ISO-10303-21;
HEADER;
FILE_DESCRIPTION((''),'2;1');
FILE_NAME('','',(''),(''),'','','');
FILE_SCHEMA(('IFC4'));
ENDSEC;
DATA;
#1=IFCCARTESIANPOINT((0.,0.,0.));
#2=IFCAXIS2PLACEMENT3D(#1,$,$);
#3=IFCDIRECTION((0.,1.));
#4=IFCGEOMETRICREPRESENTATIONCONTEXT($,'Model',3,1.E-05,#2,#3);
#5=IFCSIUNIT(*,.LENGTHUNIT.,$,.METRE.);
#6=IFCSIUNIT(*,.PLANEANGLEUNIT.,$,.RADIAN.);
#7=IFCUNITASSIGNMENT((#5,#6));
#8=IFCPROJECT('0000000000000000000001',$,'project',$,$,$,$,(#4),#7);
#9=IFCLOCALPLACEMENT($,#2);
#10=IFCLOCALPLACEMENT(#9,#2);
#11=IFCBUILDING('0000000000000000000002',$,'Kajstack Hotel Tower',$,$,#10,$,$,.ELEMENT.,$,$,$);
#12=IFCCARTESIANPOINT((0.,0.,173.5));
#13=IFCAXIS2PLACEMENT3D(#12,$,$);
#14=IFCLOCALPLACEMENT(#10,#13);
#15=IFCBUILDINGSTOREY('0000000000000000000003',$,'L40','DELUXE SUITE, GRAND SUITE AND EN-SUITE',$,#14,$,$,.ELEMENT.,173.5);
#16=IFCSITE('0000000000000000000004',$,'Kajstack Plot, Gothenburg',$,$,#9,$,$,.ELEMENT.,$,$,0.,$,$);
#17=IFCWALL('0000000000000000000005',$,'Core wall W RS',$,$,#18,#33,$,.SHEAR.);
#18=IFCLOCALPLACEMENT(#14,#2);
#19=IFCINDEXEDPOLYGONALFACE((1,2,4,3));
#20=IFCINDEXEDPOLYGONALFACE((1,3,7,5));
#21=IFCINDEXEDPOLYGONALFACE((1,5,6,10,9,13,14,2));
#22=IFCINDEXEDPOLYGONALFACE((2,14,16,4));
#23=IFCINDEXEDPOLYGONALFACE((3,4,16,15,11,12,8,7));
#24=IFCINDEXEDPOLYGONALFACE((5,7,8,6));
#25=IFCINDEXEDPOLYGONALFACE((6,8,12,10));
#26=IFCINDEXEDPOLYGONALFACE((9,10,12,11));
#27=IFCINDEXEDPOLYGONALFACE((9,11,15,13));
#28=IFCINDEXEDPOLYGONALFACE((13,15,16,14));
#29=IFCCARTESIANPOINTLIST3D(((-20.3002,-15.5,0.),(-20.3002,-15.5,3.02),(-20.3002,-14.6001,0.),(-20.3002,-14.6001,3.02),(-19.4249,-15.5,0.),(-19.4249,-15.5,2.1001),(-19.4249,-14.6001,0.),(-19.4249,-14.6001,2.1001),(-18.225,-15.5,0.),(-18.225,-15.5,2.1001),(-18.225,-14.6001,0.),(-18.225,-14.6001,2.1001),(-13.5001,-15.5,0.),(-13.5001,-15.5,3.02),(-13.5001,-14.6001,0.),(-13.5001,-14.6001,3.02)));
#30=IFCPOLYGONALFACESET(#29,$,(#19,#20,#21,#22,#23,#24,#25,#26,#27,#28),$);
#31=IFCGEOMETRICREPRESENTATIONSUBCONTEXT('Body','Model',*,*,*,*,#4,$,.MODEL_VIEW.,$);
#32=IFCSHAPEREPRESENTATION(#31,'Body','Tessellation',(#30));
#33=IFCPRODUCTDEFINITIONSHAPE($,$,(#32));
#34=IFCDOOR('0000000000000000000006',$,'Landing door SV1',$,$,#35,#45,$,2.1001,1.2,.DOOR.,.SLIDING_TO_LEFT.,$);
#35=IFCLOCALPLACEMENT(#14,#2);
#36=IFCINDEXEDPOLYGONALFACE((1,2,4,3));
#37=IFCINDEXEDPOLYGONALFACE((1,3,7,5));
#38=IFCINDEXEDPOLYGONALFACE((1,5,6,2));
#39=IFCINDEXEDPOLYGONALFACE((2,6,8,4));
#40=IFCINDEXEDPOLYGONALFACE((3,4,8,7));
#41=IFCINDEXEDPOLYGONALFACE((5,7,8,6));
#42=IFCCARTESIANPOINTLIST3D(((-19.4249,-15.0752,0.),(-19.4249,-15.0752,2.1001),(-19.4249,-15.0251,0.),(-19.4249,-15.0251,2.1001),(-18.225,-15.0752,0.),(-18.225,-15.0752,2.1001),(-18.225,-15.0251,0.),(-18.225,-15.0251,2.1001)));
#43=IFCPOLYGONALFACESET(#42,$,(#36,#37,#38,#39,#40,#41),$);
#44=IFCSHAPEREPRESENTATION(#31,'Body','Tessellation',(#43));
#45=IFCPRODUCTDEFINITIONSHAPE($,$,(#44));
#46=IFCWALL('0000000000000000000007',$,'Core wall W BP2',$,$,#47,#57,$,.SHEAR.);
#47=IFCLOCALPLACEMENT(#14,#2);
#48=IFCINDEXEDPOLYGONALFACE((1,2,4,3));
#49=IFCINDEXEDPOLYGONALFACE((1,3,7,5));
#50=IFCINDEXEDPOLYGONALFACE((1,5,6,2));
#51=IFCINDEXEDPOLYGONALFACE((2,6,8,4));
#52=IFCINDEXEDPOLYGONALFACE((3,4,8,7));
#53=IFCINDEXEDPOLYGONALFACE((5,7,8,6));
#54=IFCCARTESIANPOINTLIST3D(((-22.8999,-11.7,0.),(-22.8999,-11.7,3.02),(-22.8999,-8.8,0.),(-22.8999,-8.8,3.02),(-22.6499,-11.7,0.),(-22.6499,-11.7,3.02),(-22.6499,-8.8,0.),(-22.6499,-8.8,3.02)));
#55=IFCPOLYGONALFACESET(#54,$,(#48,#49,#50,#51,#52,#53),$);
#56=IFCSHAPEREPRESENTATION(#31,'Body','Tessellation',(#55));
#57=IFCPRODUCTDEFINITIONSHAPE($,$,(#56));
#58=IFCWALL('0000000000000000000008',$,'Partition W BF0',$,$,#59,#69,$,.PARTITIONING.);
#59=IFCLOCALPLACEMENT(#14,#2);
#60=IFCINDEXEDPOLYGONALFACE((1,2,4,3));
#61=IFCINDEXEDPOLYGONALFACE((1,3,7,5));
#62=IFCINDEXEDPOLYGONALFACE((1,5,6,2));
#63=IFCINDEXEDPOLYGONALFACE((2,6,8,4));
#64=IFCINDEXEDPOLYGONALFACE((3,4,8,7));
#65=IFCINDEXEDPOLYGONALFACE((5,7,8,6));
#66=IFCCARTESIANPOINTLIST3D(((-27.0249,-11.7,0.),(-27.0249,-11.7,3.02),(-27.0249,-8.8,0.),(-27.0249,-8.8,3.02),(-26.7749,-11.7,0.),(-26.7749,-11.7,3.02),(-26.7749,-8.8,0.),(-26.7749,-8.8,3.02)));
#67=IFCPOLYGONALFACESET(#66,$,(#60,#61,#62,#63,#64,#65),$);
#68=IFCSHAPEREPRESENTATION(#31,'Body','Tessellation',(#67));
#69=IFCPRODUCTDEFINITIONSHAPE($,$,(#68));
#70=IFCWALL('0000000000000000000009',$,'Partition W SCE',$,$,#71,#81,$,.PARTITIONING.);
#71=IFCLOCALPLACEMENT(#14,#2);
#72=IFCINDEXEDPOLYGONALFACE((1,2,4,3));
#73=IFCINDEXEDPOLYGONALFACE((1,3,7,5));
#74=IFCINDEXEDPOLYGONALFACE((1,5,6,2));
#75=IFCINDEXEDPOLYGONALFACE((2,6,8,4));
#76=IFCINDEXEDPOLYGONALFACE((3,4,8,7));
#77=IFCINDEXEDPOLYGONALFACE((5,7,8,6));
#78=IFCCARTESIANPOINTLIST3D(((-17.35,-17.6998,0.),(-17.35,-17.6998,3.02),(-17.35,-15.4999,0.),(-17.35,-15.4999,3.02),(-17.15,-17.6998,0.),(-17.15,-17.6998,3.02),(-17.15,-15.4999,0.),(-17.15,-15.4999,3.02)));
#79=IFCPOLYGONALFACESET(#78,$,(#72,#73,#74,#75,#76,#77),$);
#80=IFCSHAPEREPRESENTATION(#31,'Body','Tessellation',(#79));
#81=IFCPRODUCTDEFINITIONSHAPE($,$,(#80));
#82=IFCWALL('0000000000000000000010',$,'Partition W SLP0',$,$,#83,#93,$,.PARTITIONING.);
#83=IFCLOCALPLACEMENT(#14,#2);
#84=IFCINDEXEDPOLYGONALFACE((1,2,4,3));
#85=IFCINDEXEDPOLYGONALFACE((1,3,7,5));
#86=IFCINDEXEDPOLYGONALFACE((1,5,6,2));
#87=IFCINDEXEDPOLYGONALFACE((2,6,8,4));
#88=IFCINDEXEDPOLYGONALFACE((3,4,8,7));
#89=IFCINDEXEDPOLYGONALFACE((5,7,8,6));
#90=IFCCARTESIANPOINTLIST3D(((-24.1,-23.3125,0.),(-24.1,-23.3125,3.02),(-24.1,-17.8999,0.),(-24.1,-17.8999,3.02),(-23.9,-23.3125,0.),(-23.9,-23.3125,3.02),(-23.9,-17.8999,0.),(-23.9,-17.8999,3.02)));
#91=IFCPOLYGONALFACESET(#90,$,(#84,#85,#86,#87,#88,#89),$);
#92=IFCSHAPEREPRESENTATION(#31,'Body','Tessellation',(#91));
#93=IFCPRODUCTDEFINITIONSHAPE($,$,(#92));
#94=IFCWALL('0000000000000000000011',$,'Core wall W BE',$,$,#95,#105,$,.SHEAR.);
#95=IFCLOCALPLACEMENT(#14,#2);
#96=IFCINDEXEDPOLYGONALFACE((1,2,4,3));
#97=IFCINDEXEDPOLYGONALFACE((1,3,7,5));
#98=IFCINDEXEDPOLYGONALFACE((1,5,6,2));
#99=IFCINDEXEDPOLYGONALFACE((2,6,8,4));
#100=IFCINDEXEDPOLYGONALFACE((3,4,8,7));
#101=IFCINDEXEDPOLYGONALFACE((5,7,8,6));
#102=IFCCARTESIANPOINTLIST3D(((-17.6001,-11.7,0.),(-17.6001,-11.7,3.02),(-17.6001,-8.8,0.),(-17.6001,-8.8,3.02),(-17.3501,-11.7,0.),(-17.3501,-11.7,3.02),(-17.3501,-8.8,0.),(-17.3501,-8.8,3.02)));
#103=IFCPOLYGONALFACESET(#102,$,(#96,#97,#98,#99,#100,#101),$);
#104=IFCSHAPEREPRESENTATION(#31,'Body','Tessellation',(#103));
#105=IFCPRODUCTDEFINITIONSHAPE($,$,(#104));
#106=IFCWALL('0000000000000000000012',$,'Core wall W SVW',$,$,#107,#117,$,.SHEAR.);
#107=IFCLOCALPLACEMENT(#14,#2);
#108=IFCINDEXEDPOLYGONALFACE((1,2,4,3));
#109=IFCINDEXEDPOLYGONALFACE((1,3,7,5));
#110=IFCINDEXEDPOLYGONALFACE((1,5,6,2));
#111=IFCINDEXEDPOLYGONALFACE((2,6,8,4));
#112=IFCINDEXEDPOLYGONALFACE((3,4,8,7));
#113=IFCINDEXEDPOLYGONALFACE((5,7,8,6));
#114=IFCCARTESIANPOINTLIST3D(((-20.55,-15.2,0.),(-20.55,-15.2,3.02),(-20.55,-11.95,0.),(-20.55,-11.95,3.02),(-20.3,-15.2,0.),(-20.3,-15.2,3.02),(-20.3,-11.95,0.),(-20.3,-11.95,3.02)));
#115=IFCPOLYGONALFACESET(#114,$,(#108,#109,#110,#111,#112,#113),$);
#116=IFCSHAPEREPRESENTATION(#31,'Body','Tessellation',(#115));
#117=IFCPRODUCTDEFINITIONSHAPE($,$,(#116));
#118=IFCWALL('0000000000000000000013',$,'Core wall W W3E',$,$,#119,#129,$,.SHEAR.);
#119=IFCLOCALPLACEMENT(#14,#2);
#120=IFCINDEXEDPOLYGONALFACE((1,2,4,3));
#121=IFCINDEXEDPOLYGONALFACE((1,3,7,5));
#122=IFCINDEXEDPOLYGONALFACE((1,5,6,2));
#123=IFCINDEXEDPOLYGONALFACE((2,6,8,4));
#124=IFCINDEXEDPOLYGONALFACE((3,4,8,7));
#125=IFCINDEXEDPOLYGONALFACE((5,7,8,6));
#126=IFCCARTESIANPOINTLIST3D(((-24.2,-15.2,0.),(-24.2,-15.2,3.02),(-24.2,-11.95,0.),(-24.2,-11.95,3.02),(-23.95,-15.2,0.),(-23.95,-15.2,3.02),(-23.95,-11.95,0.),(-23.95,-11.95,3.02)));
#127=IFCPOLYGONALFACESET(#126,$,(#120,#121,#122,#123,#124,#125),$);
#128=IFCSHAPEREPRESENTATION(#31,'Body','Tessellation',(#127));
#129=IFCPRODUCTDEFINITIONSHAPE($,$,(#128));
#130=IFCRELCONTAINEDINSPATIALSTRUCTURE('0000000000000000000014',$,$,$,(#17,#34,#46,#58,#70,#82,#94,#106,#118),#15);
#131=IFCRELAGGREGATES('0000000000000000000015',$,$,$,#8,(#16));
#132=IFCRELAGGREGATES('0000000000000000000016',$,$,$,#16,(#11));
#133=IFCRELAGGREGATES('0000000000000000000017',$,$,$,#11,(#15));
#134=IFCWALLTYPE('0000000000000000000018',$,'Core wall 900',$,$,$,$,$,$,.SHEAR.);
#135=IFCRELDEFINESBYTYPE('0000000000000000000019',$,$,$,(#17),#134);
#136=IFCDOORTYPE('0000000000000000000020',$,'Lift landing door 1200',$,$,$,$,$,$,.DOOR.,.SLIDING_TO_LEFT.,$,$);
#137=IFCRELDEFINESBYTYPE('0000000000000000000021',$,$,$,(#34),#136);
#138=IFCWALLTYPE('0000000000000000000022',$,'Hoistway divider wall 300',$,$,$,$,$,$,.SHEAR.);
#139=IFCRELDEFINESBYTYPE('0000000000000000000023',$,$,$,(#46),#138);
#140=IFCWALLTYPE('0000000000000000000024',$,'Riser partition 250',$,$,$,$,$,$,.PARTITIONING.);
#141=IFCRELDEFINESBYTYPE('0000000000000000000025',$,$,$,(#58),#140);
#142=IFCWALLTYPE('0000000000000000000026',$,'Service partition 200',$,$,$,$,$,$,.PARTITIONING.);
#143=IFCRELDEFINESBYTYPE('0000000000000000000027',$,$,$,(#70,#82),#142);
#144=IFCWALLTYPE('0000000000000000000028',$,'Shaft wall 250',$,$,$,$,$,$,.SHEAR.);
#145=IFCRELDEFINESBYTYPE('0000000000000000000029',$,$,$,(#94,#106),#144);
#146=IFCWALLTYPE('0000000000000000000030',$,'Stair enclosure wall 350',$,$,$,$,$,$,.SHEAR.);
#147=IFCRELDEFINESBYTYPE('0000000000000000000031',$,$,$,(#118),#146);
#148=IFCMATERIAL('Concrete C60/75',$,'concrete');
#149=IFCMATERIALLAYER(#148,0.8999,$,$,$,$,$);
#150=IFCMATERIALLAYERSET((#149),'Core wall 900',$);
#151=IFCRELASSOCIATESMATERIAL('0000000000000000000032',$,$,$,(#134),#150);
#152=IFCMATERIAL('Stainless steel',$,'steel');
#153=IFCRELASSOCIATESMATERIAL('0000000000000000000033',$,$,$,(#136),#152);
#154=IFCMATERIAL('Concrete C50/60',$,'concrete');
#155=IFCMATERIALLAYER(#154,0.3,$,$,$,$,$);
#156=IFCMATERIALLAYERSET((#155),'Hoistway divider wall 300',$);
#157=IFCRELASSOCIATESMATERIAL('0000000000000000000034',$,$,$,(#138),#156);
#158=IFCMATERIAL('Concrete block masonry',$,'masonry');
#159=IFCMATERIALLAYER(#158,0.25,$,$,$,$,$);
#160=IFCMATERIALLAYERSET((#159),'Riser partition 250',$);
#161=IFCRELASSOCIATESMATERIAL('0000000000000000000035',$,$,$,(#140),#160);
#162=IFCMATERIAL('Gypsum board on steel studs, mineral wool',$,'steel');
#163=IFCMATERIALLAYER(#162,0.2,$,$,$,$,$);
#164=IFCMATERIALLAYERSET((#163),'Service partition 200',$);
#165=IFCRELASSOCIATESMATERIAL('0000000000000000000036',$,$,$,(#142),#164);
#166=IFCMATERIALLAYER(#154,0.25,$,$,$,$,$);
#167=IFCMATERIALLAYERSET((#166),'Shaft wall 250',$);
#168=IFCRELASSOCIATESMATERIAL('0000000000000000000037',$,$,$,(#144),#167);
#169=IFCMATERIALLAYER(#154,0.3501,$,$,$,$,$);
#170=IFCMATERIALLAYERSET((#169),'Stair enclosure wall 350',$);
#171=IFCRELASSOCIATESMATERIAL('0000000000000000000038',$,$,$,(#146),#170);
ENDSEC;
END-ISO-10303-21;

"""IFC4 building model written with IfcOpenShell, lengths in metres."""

from ifc_helpers import new_model, si_unit, direction, frame, frame_2d, origin, place, context, subcontext, project, spatial, rectangle, extrude, material, layer, layer_set, type_object, element, fill, save


model = new_model("IFC4")

# Units and contexts
model_context = context("Model", 3, precision=1e-05, world=origin(), true_north=direction((0.0, 1.0)))
body_context = subcontext(model_context, "Body", "Model", "MODEL_VIEW")
ifc_project = project(units=[si_unit("LENGTHUNIT", "METRE"), si_unit("PLANEANGLEUNIT", "RADIAN")], contexts=[model_context])

# Site, building, storey
site_placement = place(None, origin())
site = spatial("IfcSite", under=ifc_project, at=site_placement, Name="Kajstack Plot, Gothenburg", CompositionType="ELEMENT", RefElevation=0.0)
building_placement = place(site_placement, origin())
building = spatial("IfcBuilding", under=site, at=building_placement, Name="Kajstack Hotel Tower", CompositionType="ELEMENT")
storey_placement = place(building_placement, frame((0.0, 0.0, 173.5)))
storey = spatial("IfcBuildingStorey", under=building, at=storey_placement, Name="L40", Description="DELUXE SUITE, GRAND SUITE AND EN-SUITE", CompositionType="ELEMENT", Elevation=173.5)

# Wall, opening, door
ifc_material_1 = material(Name="Concrete C60/75", Category="concrete")
ifc_layer_1 = layer(ifc_material_1, 0.8999)
ifc_layer_set_1 = layer_set([ifc_layer_1], Name="Core wall 900")
wall_type_1 = type_object("IfcWallType", Name="Core wall 900", PredefinedType="SHEAR", material=ifc_layer_set_1)
wall_1_placement = place(storey_placement, frame((-20.3, -15.05, 0.0), z_axis=(0.0, 0.0, 1.0), x_axis=(1.0, 0.0, 0.0)))
wall_1 = element("IfcWall", 1, at=wall_1_placement, inside=storey, type_object=wall_type_1, Name="Core wall W RS", PredefinedType="SHEAR", context=body_context, shape_type="SweptSolid", body=[
    extrude(rectangle(XDim=6.8, YDim=0.8999, at=frame_2d((3.3999, 0.0))), origin(), (0.0, 0.0, 1.0), 3.02),
])
opening_placement = place(wall_1_placement, frame((0.875, 0.0, 0.0)))
opening = element("IfcOpeningElement", 2, at=opening_placement, cuts=wall_1, PredefinedType="OPENING", context=body_context, shape_type="SweptSolid", body=[
    extrude(rectangle(XDim=1.2, YDim=2.1001, at=frame_2d((0.6001, 1.05))), frame((0.0, 0.46, 0.0), z_axis=(0.0, -1.0, 0.0), x_axis=(1.0, 0.0, 0.0)), (0.0, 0.0, 1.0), 0.9199),
])
ifc_material_2 = material(Name="Stainless steel", Category="steel")
door_type = type_object("IfcDoorType", Name="Lift landing door 1200", OperationType="SLIDING_TO_LEFT", PredefinedType="DOOR", material=ifc_material_2)
door_placement = place(opening_placement, origin())
door = element("IfcDoor", 3, at=door_placement, inside=storey, type_object=door_type, Name="Landing door SV1", OperationType="SLIDING_TO_LEFT", OverallHeight=2.1001, OverallWidth=1.2, PredefinedType="DOOR", context=body_context, shape_type="SweptSolid", body=[
    extrude(rectangle(XDim=1.2, YDim=2.1001, at=frame_2d((0.6001, 1.05))), frame((0.0, 0.0249, 0.0), z_axis=(0.0, -1.0, 0.0), x_axis=(1.0, 0.0, 0.0)), (0.0, 0.0, 1.0), 0.05),
])
fill(opening, door)

# Walls
ifc_material_3 = material(Name="Concrete C50/60", Category="concrete")
ifc_layer_2 = layer(ifc_material_3, 0.3)
ifc_layer_set_2 = layer_set([ifc_layer_2], Name="Hoistway divider wall 300")
wall_type_2 = type_object("IfcWallType", Name="Hoistway divider wall 300", PredefinedType="SHEAR", material=ifc_layer_set_2)
wall_2_placement = place(storey_placement, frame((-22.7749, -11.7, 0.0), z_axis=(0.0, 0.0, 1.0), x_axis=(0.0, 1.0, 0.0)))
element("IfcWall", 4, at=wall_2_placement, inside=storey, type_object=wall_type_2, Name="Core wall W BP2", PredefinedType="SHEAR", context=body_context, shape_type="SweptSolid", body=[
    extrude(rectangle(XDim=2.8999, YDim=0.25, at=frame_2d((1.45, 0.0))), origin(), (0.0, 0.0, 1.0), 3.02),
])
ifc_material_4 = material(Name="Concrete block masonry", Category="masonry")
ifc_layer_3 = layer(ifc_material_4, 0.25)
ifc_layer_set_3 = layer_set([ifc_layer_3], Name="Riser partition 250")
wall_type_3 = type_object("IfcWallType", Name="Riser partition 250", PredefinedType="PARTITIONING", material=ifc_layer_set_3)
wall_3_placement = place(storey_placement, frame((-26.8999, -11.7, 0.0), z_axis=(0.0, 0.0, 1.0), x_axis=(0.0, 1.0, 0.0)))
element("IfcWall", 5, at=wall_3_placement, inside=storey, type_object=wall_type_3, Name="Partition W BF0", PredefinedType="PARTITIONING", context=body_context, shape_type="SweptSolid", body=[
    extrude(rectangle(XDim=2.8999, YDim=0.25, at=frame_2d((1.45, 0.0))), origin(), (0.0, 0.0, 1.0), 3.02),
])
ifc_material_5 = material(Name="Gypsum board on steel studs, mineral wool", Category="steel")
ifc_layer_4 = layer(ifc_material_5, 0.2)
ifc_layer_set_4 = layer_set([ifc_layer_4], Name="Service partition 200")
wall_type_4 = type_object("IfcWallType", Name="Service partition 200", PredefinedType="PARTITIONING", material=ifc_layer_set_4)
wall_4_placement = place(storey_placement, frame((-17.25, -17.7, 0.0), z_axis=(0.0, 0.0, 1.0), x_axis=(0.0, 1.0, 0.0)))
element("IfcWall", 6, at=wall_4_placement, inside=storey, type_object=wall_type_4, Name="Partition W SCE", PredefinedType="PARTITIONING", context=body_context, shape_type="SweptSolid", body=[
    extrude(rectangle(XDim=2.2, YDim=0.2, at=frame_2d((1.1001, 0.0))), origin(), (0.0, 0.0, 1.0), 3.02),
])
wall_5_placement = place(storey_placement, frame((-24.0, -23.3125, 0.0), z_axis=(0.0, 0.0, 1.0), x_axis=(0.0, 1.0, 0.0)))
element("IfcWall", 7, at=wall_5_placement, inside=storey, type_object=wall_type_4, Name="Partition W SLP0", PredefinedType="PARTITIONING", context=body_context, shape_type="SweptSolid", body=[
    extrude(rectangle(XDim=5.4126, YDim=0.2, at=frame_2d((2.7063, 0.0))), origin(), (0.0, 0.0, 1.0), 3.02),
])
ifc_layer_5 = layer(ifc_material_3, 0.25)
ifc_layer_set_5 = layer_set([ifc_layer_5], Name="Shaft wall 250")
wall_type_5 = type_object("IfcWallType", Name="Shaft wall 250", PredefinedType="SHEAR", material=ifc_layer_set_5)
wall_6_placement = place(storey_placement, frame((-17.4751, -11.7, 0.0), z_axis=(0.0, 0.0, 1.0), x_axis=(0.0, 1.0, 0.0)))
element("IfcWall", 8, at=wall_6_placement, inside=storey, type_object=wall_type_5, Name="Core wall W BE", PredefinedType="SHEAR", context=body_context, shape_type="SweptSolid", body=[
    extrude(rectangle(XDim=2.8999, YDim=0.25, at=frame_2d((1.45, 0.0))), origin(), (0.0, 0.0, 1.0), 3.02),
])
wall_7_placement = place(storey_placement, frame((-20.425, -15.2, 0.0), z_axis=(0.0, 0.0, 1.0), x_axis=(0.0, 1.0, 0.0)))
element("IfcWall", 9, at=wall_7_placement, inside=storey, type_object=wall_type_5, Name="Core wall W SVW", PredefinedType="SHEAR", context=body_context, shape_type="SweptSolid", body=[
    extrude(rectangle(XDim=3.25, YDim=0.25, at=frame_2d((1.625, 0.0))), origin(), (0.0, 0.0, 1.0), 3.02),
])
ifc_layer_6 = layer(ifc_material_3, 0.3501)
ifc_layer_set_6 = layer_set([ifc_layer_6], Name="Stair enclosure wall 350")
wall_type_6 = type_object("IfcWallType", Name="Stair enclosure wall 350", PredefinedType="SHEAR", material=ifc_layer_set_6)
wall_8_placement = place(storey_placement, frame((-24.075, -15.2, 0.0), z_axis=(0.0, 0.0, 1.0), x_axis=(0.0, 1.0, 0.0)))
element("IfcWall", 10, at=wall_8_placement, inside=storey, type_object=wall_type_6, Name="Core wall W W3E", PredefinedType="SHEAR", context=body_context, shape_type="SweptSolid", body=[
    extrude(rectangle(XDim=3.25, YDim=0.25, at=frame_2d((1.625, 0.0))), origin(), (0.0, 0.0, 1.0), 3.02),
])

save(model, "model.ifc")
